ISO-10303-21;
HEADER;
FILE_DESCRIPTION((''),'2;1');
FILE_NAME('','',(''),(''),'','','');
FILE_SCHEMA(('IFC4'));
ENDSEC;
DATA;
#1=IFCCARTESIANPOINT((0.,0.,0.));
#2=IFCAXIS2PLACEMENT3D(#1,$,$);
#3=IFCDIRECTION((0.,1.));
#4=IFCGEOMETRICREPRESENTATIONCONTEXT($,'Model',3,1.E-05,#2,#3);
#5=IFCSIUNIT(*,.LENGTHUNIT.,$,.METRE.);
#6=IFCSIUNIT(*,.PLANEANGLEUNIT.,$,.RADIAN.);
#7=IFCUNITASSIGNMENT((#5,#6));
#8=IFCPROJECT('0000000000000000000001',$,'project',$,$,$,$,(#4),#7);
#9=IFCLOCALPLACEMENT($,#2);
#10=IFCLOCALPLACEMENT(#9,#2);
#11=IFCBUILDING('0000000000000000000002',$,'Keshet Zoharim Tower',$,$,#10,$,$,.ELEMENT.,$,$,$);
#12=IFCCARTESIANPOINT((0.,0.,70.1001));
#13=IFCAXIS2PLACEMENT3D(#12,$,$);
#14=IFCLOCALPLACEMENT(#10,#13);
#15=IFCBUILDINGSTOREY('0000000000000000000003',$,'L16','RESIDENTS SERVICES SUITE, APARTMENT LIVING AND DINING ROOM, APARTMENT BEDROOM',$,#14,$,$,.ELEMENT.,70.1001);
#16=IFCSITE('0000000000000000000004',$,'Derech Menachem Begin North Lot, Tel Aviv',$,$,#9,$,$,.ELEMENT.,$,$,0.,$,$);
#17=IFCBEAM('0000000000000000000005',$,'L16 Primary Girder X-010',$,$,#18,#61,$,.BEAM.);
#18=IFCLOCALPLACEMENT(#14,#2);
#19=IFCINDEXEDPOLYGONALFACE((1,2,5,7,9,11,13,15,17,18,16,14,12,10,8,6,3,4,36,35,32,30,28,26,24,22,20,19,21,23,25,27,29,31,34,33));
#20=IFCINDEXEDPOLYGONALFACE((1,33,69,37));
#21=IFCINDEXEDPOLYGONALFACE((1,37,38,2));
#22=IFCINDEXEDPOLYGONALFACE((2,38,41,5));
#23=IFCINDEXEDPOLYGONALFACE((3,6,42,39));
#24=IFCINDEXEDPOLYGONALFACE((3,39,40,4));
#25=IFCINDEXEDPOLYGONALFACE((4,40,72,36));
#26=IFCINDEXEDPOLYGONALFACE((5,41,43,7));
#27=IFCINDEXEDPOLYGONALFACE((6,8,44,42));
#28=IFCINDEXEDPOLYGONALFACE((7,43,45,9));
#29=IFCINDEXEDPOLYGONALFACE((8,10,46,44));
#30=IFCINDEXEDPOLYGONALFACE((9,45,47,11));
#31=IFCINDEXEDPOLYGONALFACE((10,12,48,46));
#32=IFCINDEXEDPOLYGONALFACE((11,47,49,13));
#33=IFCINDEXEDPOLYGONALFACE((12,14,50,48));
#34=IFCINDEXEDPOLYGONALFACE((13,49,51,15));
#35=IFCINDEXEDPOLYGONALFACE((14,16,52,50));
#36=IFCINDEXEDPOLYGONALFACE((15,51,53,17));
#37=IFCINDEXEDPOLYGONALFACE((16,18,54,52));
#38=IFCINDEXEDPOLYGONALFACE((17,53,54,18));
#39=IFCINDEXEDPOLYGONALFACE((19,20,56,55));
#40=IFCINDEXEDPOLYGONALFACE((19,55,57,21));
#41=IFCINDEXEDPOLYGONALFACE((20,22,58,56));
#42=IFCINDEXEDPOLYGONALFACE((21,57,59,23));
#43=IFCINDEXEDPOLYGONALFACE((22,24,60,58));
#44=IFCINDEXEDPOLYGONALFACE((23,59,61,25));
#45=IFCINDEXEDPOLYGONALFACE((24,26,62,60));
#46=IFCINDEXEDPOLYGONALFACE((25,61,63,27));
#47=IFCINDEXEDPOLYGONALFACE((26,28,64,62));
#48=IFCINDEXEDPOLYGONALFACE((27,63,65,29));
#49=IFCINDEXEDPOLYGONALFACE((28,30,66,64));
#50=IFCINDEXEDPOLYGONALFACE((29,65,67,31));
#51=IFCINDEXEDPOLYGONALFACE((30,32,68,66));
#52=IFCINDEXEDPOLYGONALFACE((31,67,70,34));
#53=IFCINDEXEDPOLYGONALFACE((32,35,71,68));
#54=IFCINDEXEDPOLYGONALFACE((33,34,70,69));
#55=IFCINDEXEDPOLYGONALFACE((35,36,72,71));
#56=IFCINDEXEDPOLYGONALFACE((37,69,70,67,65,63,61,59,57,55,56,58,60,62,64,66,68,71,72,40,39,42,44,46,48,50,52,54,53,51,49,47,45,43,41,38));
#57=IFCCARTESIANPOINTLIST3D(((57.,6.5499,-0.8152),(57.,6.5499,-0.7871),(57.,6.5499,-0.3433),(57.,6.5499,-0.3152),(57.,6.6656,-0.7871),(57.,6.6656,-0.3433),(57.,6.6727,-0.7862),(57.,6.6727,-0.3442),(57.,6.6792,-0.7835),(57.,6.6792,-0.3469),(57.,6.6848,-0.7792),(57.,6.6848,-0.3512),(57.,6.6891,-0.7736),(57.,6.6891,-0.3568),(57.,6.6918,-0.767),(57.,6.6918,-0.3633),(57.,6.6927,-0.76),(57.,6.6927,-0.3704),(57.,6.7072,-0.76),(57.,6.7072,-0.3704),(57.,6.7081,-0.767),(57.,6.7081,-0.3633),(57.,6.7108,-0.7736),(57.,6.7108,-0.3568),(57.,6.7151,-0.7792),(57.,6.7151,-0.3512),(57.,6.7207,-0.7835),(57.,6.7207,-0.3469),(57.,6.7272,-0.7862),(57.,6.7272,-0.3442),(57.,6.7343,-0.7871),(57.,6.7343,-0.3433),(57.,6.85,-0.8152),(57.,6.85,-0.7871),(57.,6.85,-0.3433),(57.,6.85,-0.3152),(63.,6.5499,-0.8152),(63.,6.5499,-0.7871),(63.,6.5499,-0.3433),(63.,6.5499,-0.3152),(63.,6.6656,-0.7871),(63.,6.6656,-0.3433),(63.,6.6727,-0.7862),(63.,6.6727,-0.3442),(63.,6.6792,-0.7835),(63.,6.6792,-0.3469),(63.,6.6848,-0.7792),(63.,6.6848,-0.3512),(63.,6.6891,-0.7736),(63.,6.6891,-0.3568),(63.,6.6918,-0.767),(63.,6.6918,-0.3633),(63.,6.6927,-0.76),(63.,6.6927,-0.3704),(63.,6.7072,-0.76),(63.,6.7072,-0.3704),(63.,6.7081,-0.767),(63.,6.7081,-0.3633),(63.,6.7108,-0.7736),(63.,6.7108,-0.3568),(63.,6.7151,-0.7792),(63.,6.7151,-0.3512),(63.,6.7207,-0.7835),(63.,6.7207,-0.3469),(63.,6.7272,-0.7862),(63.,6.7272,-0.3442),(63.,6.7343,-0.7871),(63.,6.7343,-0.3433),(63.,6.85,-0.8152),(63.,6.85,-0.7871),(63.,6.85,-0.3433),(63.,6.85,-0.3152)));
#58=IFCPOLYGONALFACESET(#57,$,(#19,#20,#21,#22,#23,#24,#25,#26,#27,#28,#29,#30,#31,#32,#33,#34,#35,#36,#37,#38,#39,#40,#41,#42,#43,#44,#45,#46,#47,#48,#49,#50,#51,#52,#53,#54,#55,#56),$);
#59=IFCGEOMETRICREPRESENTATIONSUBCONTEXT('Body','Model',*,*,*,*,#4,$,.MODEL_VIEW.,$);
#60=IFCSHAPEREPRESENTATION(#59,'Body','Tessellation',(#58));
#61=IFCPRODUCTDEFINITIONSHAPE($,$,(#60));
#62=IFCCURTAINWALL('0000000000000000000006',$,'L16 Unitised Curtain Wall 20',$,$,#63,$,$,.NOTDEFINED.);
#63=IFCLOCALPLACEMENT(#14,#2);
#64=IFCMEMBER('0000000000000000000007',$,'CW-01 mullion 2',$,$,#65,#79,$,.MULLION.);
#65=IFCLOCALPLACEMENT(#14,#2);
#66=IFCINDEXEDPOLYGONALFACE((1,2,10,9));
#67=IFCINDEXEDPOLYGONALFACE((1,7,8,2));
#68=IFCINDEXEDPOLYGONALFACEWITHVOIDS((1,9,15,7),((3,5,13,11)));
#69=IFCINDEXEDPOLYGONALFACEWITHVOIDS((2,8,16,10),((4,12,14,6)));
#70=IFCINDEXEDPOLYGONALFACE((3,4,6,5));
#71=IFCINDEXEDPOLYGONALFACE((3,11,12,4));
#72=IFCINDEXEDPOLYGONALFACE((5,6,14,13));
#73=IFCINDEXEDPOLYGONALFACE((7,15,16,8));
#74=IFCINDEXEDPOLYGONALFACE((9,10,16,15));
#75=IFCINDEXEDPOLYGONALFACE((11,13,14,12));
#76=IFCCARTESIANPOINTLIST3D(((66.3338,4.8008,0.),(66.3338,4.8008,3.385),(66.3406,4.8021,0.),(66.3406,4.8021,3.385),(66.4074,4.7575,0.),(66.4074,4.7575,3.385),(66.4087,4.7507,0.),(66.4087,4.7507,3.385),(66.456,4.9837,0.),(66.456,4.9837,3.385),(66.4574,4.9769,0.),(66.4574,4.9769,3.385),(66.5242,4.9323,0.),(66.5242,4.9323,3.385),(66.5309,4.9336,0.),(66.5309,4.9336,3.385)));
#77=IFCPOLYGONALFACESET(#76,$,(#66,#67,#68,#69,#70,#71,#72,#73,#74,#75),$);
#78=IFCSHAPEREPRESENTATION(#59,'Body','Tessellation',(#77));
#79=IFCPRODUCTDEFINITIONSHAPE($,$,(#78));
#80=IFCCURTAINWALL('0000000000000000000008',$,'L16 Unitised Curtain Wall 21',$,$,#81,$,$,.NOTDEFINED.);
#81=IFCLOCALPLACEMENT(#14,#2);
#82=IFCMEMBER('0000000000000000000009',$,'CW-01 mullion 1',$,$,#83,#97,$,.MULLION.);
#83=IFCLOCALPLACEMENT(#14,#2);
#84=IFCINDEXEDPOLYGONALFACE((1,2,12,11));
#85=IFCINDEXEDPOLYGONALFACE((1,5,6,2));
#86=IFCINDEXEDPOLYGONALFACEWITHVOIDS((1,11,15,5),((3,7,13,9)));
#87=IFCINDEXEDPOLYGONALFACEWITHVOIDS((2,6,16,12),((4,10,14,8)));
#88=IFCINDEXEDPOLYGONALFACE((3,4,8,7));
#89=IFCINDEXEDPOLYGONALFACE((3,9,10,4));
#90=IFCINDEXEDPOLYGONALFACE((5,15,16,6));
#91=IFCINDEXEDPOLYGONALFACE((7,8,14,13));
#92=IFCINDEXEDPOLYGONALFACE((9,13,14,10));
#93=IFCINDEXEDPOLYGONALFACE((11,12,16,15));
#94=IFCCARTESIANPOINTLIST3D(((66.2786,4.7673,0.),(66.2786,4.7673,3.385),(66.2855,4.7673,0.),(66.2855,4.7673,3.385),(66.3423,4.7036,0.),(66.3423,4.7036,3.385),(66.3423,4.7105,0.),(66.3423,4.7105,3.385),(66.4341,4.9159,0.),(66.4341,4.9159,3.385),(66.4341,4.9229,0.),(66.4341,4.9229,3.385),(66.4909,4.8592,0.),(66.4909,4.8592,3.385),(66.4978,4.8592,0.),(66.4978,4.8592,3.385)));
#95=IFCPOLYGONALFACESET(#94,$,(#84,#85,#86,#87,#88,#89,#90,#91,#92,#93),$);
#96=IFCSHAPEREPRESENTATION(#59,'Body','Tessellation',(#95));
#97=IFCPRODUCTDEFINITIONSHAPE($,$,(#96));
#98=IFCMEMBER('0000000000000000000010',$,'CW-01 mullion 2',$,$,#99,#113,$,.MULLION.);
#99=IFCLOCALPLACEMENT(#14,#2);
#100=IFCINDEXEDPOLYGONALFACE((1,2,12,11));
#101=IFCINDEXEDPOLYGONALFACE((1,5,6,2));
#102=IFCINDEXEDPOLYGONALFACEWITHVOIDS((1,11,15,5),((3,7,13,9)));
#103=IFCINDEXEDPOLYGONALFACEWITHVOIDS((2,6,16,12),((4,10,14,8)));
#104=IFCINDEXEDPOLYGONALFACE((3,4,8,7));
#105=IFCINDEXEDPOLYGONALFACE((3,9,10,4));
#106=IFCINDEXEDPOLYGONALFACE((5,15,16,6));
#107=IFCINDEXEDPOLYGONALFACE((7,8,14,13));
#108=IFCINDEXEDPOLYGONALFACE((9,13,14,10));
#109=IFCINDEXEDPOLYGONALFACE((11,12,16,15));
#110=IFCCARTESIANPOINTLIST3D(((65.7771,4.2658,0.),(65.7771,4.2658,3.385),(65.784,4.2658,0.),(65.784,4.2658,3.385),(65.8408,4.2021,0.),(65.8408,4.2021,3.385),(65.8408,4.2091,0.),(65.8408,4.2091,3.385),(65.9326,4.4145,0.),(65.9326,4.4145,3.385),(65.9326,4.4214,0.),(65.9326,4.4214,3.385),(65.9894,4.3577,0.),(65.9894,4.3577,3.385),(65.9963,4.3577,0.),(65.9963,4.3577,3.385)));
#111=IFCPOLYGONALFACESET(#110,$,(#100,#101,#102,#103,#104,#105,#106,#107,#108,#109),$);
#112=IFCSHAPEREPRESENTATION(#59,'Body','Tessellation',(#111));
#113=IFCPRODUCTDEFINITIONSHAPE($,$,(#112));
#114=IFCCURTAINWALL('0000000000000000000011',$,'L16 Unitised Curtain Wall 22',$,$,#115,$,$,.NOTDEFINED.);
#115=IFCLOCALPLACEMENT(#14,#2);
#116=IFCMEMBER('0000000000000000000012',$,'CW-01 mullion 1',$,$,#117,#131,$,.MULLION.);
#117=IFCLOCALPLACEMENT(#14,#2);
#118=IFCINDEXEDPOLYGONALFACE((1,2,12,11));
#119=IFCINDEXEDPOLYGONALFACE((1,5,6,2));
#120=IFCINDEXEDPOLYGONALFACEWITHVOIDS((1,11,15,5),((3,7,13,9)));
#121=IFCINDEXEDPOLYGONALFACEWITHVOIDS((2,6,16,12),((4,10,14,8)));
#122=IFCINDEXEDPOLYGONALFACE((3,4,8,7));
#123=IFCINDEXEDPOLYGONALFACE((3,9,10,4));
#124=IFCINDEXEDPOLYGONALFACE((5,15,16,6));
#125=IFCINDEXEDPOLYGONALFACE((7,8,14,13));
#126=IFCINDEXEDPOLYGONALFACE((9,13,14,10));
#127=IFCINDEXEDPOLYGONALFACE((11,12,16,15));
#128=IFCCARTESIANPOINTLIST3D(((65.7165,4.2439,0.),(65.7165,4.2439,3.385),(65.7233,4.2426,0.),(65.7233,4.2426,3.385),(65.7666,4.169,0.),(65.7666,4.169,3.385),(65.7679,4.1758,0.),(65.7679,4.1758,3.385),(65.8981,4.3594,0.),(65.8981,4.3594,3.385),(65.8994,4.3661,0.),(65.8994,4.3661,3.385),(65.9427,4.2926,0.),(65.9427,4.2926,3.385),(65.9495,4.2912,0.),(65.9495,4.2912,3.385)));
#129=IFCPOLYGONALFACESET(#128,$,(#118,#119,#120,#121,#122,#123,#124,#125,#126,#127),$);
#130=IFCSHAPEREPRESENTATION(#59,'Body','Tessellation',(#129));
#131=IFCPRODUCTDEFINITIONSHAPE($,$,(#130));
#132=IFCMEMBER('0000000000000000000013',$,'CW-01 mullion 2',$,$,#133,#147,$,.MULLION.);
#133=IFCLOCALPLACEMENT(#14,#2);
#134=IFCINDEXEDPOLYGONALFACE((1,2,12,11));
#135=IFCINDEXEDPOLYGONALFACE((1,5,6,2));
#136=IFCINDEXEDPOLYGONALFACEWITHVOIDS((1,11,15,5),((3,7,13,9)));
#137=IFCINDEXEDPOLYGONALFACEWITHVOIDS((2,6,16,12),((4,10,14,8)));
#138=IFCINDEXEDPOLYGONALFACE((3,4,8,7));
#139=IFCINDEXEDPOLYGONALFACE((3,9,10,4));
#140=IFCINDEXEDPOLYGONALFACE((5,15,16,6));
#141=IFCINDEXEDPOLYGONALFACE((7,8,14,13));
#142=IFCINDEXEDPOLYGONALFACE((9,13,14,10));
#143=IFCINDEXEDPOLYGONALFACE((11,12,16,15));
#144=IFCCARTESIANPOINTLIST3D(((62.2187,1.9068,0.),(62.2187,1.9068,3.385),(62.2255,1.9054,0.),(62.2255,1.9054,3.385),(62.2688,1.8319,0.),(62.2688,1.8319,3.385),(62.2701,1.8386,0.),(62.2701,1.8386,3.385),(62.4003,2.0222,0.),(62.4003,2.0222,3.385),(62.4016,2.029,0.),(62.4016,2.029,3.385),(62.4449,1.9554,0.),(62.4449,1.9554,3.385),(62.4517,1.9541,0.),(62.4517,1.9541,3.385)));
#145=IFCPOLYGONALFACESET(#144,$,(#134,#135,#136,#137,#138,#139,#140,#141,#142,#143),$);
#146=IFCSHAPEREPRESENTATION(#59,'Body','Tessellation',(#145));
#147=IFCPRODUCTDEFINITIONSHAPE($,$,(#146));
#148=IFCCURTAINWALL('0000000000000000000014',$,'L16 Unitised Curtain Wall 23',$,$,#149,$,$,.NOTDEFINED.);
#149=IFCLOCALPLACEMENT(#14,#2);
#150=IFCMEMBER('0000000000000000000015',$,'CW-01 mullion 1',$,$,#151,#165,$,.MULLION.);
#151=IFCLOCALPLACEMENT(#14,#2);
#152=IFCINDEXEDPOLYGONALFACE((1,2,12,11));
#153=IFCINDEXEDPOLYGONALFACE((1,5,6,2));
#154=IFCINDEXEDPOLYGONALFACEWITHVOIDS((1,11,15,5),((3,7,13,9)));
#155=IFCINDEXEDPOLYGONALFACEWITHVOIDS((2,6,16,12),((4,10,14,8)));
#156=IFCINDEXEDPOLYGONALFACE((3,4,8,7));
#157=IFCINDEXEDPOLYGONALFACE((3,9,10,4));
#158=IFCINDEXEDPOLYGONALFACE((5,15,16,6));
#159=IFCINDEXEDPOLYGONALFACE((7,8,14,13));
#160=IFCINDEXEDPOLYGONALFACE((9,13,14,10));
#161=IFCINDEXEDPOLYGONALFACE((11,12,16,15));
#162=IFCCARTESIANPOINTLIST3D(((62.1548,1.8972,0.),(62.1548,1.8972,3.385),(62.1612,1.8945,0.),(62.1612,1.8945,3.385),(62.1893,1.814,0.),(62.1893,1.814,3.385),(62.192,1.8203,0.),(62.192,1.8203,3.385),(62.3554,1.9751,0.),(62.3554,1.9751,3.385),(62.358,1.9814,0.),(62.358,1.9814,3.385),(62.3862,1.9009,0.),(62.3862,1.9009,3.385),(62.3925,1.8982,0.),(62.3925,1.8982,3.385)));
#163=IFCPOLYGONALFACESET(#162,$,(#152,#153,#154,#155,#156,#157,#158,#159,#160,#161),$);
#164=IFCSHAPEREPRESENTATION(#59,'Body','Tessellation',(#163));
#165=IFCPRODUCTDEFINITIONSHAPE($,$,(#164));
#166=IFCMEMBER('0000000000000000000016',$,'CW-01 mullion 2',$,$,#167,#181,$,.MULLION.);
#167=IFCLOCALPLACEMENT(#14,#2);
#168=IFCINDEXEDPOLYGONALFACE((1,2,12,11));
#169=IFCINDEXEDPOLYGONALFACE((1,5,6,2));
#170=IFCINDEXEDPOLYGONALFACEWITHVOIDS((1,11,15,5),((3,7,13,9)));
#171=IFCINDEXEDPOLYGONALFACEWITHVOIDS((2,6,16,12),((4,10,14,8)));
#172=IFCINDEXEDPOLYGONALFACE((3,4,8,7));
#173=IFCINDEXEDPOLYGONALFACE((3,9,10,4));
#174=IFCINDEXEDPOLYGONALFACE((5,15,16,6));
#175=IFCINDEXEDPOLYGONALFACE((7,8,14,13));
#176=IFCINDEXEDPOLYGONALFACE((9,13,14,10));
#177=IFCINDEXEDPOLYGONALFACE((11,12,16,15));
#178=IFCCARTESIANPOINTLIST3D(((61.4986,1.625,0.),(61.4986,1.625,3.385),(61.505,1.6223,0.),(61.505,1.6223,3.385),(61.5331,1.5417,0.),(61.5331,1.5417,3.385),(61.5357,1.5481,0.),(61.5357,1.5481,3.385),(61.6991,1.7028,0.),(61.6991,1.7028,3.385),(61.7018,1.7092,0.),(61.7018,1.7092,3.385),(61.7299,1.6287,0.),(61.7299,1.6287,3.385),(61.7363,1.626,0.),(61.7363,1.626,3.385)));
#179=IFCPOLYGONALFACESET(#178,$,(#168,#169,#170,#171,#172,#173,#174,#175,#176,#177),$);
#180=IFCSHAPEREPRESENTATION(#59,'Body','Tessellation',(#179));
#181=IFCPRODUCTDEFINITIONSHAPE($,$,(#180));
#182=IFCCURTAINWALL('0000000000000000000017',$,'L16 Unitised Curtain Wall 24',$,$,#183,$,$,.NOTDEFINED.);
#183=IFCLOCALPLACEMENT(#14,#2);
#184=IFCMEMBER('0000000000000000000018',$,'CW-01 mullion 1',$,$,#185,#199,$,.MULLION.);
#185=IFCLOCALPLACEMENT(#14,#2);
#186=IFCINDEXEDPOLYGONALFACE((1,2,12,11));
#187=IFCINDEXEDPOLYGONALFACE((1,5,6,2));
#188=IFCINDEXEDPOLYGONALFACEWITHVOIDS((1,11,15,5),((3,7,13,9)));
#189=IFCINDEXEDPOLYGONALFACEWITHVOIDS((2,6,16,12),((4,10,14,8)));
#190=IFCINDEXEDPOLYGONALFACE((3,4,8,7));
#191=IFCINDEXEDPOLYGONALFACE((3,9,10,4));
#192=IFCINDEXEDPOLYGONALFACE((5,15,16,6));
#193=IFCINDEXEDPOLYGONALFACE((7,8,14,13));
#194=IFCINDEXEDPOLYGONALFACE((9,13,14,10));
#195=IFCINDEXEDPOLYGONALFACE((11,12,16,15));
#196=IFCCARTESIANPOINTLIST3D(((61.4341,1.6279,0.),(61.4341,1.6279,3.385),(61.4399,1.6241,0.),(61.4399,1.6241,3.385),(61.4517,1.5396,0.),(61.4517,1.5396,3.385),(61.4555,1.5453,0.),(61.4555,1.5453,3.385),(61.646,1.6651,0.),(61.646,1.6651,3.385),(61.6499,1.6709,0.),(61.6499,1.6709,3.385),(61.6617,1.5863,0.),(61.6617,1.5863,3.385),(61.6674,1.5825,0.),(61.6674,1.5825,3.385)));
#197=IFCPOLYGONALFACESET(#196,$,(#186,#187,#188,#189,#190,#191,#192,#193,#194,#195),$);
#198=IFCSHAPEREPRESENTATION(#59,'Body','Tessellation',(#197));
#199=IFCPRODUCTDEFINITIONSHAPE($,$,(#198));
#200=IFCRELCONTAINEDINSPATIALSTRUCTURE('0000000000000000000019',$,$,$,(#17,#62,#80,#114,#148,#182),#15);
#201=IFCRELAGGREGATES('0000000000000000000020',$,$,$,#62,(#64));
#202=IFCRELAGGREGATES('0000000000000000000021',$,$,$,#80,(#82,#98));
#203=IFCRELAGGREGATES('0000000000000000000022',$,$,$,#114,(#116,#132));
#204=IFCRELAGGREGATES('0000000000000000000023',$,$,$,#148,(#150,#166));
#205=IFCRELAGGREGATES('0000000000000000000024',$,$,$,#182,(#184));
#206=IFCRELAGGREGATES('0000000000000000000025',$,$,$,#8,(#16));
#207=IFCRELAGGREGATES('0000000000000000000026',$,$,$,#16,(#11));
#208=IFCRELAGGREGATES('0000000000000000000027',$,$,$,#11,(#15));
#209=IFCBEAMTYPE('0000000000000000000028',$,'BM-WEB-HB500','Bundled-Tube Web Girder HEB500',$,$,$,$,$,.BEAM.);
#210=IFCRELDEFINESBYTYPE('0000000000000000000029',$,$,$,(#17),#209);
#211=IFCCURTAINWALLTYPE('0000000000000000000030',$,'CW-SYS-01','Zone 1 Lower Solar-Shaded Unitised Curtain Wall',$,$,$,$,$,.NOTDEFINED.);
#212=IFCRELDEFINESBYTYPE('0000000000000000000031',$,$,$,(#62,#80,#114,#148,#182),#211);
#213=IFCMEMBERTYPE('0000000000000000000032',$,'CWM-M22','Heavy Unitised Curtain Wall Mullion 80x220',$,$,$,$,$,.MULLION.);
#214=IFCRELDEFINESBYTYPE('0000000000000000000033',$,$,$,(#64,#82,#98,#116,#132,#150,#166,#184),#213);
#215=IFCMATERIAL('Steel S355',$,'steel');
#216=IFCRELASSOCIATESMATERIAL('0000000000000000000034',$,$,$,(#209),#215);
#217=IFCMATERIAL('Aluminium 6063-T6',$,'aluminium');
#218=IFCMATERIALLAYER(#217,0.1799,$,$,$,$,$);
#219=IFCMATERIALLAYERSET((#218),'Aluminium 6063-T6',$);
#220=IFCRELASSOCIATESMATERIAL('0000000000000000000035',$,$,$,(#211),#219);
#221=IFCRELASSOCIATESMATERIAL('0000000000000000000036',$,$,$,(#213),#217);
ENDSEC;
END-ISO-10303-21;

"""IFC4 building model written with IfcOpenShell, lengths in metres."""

from ifc_helpers import new_model, si_unit, direction, frame, origin, origin_2d, place, context, subcontext, project, spatial, hollow_rectangle, i_section, extrude, material, layer, layer_set, material_profile, profile_set, type_object, element, aggregate, save


model = new_model("IFC4")

# Units and contexts
model_context = context("Model", 3, precision=1e-05, world=origin(), true_north=direction((0.0, 1.0)))
body_context = subcontext(model_context, "Body", "Model", "MODEL_VIEW")
ifc_project = project(units=[si_unit("LENGTHUNIT", "METRE"), si_unit("PLANEANGLEUNIT", "RADIAN")], contexts=[model_context])

# Site, building, storey
site_placement = place(None, origin())
site = spatial("IfcSite", under=ifc_project, at=site_placement, Name="Derech Menachem Begin North Lot, Tel Aviv", CompositionType="ELEMENT", RefElevation=0.0)
building_placement = place(site_placement, origin())
building = spatial("IfcBuilding", under=site, at=building_placement, Name="Keshet Zoharim Tower", CompositionType="ELEMENT")
storey_placement = place(building_placement, frame((0.0, 0.0, 70.1001)))
storey = spatial("IfcBuildingStorey", under=building, at=storey_placement, Name="L16", Description="RESIDENTS SERVICES SUITE, APARTMENT LIVING AND DINING ROOM, APARTMENT BEDROOM", CompositionType="ELEMENT", Elevation=70.1001)

# Shared definitions
ifc_material_1 = material(Name="Steel S355", Category="steel")

# Beam
ifc_material_profile_1 = material_profile(ifc_material_1, i_section(OverallWidth=0.3, OverallDepth=0.5, WebThickness=0.0144, FlangeThickness=0.0281, FilletRadius=0.0271, at=origin_2d()), Name="HEB500")
ifc_profile_set_1 = profile_set([ifc_material_profile_1], Name="Steel S355")
beam_type_1 = type_object("IfcBeamType", Name="BM-WEB-HB500", Description="Bundled-Tube Web Girder HEB500", PredefinedType="BEAM", material=ifc_profile_set_1)
beam_placement = place(storey_placement, frame((57.0, 6.7, -0.5652), z_axis=(1.0, 0.0, 0.0), x_axis=(0.0, 1.0, 0.0)))
element("IfcBeam", 1, at=beam_placement, inside=storey, type_object=beam_type_1, Name="L16 Primary Girder X-010", PredefinedType="BEAM", context=body_context, shape_type="SweptSolid", body=[
    extrude(i_section(OverallWidth=0.3, OverallDepth=0.5, WebThickness=0.0144, FlangeThickness=0.0281, FilletRadius=0.0271, at=origin_2d()), origin(), (0.0, 0.0, 1.0), 6.0),
])

# Curtain wall, member
ifc_material_2 = material(Name="Aluminium 6063-T6", Category="aluminium")
ifc_layer_1 = layer(ifc_material_2, 0.1799)
ifc_layer_set_1 = layer_set([ifc_layer_1], Name="Aluminium 6063-T6")
curtain_wall_type = type_object("IfcCurtainWallType", Name="CW-SYS-01", Description="Zone 1 Lower Solar-Shaded Unitised Curtain Wall", PredefinedType="NOTDEFINED", material=ifc_layer_set_1)
curtain_wall_1_placement = place(storey_placement, origin())
curtain_wall_1 = element("IfcCurtainWall", 2, at=curtain_wall_1_placement, inside=storey, type_object=curtain_wall_type, Name="L16 Unitised Curtain Wall 20", PredefinedType="NOTDEFINED")
ifc_material_profile_2 = material_profile(ifc_material_2, hollow_rectangle(XDim=0.0901, YDim=0.22, WallThickness=0.0049, at=origin_2d()), Name="MUL-90x220")
ifc_profile_set_2 = profile_set([ifc_material_profile_2], Name="Aluminium 6063-T6")
member_type_1 = type_object("IfcMemberType", Name="CWM-M22", Description="Heavy Unitised Curtain Wall Mullion 80x220", PredefinedType="MULLION", material=ifc_profile_set_2)
member_1_placement = place(storey_placement, frame((66.4324, 4.8672, 0.0), z_axis=(0.0, 0.0, 1.0), x_axis=(0.831474, -0.555563, 0.0)))
member_1 = element("IfcMember", 3, at=member_1_placement, type_object=member_type_1, Name="CW-01 mullion 2", PredefinedType="MULLION", context=body_context, shape_type="SweptSolid", body=[
    extrude(hollow_rectangle(XDim=0.0901, YDim=0.22, WallThickness=0.0049, at=origin_2d()), origin(), (0.0, 0.0, 1.0), 3.385),
])

# Curtain walls, members
curtain_wall_2_placement = place(storey_placement, origin())
curtain_wall_2 = element("IfcCurtainWall", 4, at=curtain_wall_2_placement, inside=storey, type_object=curtain_wall_type, Name="L16 Unitised Curtain Wall 21", PredefinedType="NOTDEFINED")
member_2_placement = place(storey_placement, frame((66.3882, 4.8132, 0.0), z_axis=(0.0, 0.0, 1.0), x_axis=(0.707107, -0.707107, 0.0)))
member_2 = element("IfcMember", 5, at=member_2_placement, type_object=member_type_1, Name="CW-01 mullion 1", PredefinedType="MULLION", context=body_context, shape_type="SweptSolid", body=[
    extrude(hollow_rectangle(XDim=0.0901, YDim=0.22, WallThickness=0.0049, at=origin_2d()), origin(), (0.0, 0.0, 1.0), 3.385),
])
member_3_placement = place(storey_placement, frame((65.8867, 4.3118, 0.0), z_axis=(0.0, 0.0, 1.0), x_axis=(0.707107, -0.707107, 0.0)))
member_3 = element("IfcMember", 6, at=member_3_placement, type_object=member_type_1, Name="CW-01 mullion 2", PredefinedType="MULLION", context=body_context, shape_type="SweptSolid", body=[
    extrude(hollow_rectangle(XDim=0.0901, YDim=0.22, WallThickness=0.0049, at=origin_2d()), origin(), (0.0, 0.0, 1.0), 3.385),
])
curtain_wall_3_placement = place(storey_placement, origin())
curtain_wall_3 = element("IfcCurtainWall", 7, at=curtain_wall_3_placement, inside=storey, type_object=curtain_wall_type, Name="L16 Unitised Curtain Wall 22", PredefinedType="NOTDEFINED")
member_4_placement = place(storey_placement, frame((65.833, 4.2676, 0.0), z_axis=(0.0, 0.0, 1.0), x_axis=(0.555563, -0.831474, 0.0)))
member_4 = element("IfcMember", 8, at=member_4_placement, type_object=member_type_1, Name="CW-01 mullion 1", PredefinedType="MULLION", context=body_context, shape_type="SweptSolid", body=[
    extrude(hollow_rectangle(XDim=0.0901, YDim=0.22, WallThickness=0.0049, at=origin_2d()), origin(), (0.0, 0.0, 1.0), 3.385),
])
member_5_placement = place(storey_placement, frame((62.3352, 1.9304, 0.0), z_axis=(0.0, 0.0, 1.0), x_axis=(0.555563, -0.831474, 0.0)))
member_5 = element("IfcMember", 9, at=member_5_placement, type_object=member_type_1, Name="CW-01 mullion 2", PredefinedType="MULLION", context=body_context, shape_type="SweptSolid", body=[
    extrude(hollow_rectangle(XDim=0.0901, YDim=0.22, WallThickness=0.0049, at=origin_2d()), origin(), (0.0, 0.0, 1.0), 3.385),
])
curtain_wall_4_placement = place(storey_placement, origin())
curtain_wall_4 = element("IfcCurtainWall", 10, at=curtain_wall_4_placement, inside=storey, type_object=curtain_wall_type, Name="L16 Unitised Curtain Wall 23", PredefinedType="NOTDEFINED")
member_6_placement = place(storey_placement, frame((62.2737, 1.8977, 0.0), z_axis=(0.0, 0.0, 1.0), x_axis=(0.383068, -0.92372, 0.0)))
member_6 = element("IfcMember", 11, at=member_6_placement, type_object=member_type_1, Name="CW-01 mullion 1", PredefinedType="MULLION", context=body_context, shape_type="SweptSolid", body=[
    extrude(hollow_rectangle(XDim=0.0901, YDim=0.22, WallThickness=0.0049, at=origin_2d()), origin(), (0.0, 0.0, 1.0), 3.385),
])
member_7_placement = place(storey_placement, frame((61.6174, 1.6255, 0.0), z_axis=(0.0, 0.0, 1.0), x_axis=(0.383068, -0.92372, 0.0)))
member_7 = element("IfcMember", 12, at=member_7_placement, type_object=member_type_1, Name="CW-01 mullion 2", PredefinedType="MULLION", context=body_context, shape_type="SweptSolid", body=[
    extrude(hollow_rectangle(XDim=0.0901, YDim=0.22, WallThickness=0.0049, at=origin_2d()), origin(), (0.0, 0.0, 1.0), 3.385),
])
curtain_wall_5_placement = place(storey_placement, origin())
curtain_wall_5 = element("IfcCurtainWall", 13, at=curtain_wall_5_placement, inside=storey, type_object=curtain_wall_type, Name="L16 Unitised Curtain Wall 24", PredefinedType="NOTDEFINED")
member_8_placement = place(storey_placement, frame((61.5508, 1.6052, 0.0), z_axis=(0.0, 0.0, 1.0), x_axis=(0.195171, -0.980769, 0.0)))
member_8 = element("IfcMember", 14, at=member_8_placement, type_object=member_type_1, Name="CW-01 mullion 1", PredefinedType="MULLION", context=body_context, shape_type="SweptSolid", body=[
    extrude(hollow_rectangle(XDim=0.0901, YDim=0.22, WallThickness=0.0049, at=origin_2d()), origin(), (0.0, 0.0, 1.0), 3.385),
])

aggregate(curtain_wall_1, [member_1])
aggregate(curtain_wall_2, [member_2, member_3])
aggregate(curtain_wall_3, [member_4, member_5])
aggregate(curtain_wall_4, [member_6, member_7])
aggregate(curtain_wall_5, [member_8])

save(model, "model.ifc")
